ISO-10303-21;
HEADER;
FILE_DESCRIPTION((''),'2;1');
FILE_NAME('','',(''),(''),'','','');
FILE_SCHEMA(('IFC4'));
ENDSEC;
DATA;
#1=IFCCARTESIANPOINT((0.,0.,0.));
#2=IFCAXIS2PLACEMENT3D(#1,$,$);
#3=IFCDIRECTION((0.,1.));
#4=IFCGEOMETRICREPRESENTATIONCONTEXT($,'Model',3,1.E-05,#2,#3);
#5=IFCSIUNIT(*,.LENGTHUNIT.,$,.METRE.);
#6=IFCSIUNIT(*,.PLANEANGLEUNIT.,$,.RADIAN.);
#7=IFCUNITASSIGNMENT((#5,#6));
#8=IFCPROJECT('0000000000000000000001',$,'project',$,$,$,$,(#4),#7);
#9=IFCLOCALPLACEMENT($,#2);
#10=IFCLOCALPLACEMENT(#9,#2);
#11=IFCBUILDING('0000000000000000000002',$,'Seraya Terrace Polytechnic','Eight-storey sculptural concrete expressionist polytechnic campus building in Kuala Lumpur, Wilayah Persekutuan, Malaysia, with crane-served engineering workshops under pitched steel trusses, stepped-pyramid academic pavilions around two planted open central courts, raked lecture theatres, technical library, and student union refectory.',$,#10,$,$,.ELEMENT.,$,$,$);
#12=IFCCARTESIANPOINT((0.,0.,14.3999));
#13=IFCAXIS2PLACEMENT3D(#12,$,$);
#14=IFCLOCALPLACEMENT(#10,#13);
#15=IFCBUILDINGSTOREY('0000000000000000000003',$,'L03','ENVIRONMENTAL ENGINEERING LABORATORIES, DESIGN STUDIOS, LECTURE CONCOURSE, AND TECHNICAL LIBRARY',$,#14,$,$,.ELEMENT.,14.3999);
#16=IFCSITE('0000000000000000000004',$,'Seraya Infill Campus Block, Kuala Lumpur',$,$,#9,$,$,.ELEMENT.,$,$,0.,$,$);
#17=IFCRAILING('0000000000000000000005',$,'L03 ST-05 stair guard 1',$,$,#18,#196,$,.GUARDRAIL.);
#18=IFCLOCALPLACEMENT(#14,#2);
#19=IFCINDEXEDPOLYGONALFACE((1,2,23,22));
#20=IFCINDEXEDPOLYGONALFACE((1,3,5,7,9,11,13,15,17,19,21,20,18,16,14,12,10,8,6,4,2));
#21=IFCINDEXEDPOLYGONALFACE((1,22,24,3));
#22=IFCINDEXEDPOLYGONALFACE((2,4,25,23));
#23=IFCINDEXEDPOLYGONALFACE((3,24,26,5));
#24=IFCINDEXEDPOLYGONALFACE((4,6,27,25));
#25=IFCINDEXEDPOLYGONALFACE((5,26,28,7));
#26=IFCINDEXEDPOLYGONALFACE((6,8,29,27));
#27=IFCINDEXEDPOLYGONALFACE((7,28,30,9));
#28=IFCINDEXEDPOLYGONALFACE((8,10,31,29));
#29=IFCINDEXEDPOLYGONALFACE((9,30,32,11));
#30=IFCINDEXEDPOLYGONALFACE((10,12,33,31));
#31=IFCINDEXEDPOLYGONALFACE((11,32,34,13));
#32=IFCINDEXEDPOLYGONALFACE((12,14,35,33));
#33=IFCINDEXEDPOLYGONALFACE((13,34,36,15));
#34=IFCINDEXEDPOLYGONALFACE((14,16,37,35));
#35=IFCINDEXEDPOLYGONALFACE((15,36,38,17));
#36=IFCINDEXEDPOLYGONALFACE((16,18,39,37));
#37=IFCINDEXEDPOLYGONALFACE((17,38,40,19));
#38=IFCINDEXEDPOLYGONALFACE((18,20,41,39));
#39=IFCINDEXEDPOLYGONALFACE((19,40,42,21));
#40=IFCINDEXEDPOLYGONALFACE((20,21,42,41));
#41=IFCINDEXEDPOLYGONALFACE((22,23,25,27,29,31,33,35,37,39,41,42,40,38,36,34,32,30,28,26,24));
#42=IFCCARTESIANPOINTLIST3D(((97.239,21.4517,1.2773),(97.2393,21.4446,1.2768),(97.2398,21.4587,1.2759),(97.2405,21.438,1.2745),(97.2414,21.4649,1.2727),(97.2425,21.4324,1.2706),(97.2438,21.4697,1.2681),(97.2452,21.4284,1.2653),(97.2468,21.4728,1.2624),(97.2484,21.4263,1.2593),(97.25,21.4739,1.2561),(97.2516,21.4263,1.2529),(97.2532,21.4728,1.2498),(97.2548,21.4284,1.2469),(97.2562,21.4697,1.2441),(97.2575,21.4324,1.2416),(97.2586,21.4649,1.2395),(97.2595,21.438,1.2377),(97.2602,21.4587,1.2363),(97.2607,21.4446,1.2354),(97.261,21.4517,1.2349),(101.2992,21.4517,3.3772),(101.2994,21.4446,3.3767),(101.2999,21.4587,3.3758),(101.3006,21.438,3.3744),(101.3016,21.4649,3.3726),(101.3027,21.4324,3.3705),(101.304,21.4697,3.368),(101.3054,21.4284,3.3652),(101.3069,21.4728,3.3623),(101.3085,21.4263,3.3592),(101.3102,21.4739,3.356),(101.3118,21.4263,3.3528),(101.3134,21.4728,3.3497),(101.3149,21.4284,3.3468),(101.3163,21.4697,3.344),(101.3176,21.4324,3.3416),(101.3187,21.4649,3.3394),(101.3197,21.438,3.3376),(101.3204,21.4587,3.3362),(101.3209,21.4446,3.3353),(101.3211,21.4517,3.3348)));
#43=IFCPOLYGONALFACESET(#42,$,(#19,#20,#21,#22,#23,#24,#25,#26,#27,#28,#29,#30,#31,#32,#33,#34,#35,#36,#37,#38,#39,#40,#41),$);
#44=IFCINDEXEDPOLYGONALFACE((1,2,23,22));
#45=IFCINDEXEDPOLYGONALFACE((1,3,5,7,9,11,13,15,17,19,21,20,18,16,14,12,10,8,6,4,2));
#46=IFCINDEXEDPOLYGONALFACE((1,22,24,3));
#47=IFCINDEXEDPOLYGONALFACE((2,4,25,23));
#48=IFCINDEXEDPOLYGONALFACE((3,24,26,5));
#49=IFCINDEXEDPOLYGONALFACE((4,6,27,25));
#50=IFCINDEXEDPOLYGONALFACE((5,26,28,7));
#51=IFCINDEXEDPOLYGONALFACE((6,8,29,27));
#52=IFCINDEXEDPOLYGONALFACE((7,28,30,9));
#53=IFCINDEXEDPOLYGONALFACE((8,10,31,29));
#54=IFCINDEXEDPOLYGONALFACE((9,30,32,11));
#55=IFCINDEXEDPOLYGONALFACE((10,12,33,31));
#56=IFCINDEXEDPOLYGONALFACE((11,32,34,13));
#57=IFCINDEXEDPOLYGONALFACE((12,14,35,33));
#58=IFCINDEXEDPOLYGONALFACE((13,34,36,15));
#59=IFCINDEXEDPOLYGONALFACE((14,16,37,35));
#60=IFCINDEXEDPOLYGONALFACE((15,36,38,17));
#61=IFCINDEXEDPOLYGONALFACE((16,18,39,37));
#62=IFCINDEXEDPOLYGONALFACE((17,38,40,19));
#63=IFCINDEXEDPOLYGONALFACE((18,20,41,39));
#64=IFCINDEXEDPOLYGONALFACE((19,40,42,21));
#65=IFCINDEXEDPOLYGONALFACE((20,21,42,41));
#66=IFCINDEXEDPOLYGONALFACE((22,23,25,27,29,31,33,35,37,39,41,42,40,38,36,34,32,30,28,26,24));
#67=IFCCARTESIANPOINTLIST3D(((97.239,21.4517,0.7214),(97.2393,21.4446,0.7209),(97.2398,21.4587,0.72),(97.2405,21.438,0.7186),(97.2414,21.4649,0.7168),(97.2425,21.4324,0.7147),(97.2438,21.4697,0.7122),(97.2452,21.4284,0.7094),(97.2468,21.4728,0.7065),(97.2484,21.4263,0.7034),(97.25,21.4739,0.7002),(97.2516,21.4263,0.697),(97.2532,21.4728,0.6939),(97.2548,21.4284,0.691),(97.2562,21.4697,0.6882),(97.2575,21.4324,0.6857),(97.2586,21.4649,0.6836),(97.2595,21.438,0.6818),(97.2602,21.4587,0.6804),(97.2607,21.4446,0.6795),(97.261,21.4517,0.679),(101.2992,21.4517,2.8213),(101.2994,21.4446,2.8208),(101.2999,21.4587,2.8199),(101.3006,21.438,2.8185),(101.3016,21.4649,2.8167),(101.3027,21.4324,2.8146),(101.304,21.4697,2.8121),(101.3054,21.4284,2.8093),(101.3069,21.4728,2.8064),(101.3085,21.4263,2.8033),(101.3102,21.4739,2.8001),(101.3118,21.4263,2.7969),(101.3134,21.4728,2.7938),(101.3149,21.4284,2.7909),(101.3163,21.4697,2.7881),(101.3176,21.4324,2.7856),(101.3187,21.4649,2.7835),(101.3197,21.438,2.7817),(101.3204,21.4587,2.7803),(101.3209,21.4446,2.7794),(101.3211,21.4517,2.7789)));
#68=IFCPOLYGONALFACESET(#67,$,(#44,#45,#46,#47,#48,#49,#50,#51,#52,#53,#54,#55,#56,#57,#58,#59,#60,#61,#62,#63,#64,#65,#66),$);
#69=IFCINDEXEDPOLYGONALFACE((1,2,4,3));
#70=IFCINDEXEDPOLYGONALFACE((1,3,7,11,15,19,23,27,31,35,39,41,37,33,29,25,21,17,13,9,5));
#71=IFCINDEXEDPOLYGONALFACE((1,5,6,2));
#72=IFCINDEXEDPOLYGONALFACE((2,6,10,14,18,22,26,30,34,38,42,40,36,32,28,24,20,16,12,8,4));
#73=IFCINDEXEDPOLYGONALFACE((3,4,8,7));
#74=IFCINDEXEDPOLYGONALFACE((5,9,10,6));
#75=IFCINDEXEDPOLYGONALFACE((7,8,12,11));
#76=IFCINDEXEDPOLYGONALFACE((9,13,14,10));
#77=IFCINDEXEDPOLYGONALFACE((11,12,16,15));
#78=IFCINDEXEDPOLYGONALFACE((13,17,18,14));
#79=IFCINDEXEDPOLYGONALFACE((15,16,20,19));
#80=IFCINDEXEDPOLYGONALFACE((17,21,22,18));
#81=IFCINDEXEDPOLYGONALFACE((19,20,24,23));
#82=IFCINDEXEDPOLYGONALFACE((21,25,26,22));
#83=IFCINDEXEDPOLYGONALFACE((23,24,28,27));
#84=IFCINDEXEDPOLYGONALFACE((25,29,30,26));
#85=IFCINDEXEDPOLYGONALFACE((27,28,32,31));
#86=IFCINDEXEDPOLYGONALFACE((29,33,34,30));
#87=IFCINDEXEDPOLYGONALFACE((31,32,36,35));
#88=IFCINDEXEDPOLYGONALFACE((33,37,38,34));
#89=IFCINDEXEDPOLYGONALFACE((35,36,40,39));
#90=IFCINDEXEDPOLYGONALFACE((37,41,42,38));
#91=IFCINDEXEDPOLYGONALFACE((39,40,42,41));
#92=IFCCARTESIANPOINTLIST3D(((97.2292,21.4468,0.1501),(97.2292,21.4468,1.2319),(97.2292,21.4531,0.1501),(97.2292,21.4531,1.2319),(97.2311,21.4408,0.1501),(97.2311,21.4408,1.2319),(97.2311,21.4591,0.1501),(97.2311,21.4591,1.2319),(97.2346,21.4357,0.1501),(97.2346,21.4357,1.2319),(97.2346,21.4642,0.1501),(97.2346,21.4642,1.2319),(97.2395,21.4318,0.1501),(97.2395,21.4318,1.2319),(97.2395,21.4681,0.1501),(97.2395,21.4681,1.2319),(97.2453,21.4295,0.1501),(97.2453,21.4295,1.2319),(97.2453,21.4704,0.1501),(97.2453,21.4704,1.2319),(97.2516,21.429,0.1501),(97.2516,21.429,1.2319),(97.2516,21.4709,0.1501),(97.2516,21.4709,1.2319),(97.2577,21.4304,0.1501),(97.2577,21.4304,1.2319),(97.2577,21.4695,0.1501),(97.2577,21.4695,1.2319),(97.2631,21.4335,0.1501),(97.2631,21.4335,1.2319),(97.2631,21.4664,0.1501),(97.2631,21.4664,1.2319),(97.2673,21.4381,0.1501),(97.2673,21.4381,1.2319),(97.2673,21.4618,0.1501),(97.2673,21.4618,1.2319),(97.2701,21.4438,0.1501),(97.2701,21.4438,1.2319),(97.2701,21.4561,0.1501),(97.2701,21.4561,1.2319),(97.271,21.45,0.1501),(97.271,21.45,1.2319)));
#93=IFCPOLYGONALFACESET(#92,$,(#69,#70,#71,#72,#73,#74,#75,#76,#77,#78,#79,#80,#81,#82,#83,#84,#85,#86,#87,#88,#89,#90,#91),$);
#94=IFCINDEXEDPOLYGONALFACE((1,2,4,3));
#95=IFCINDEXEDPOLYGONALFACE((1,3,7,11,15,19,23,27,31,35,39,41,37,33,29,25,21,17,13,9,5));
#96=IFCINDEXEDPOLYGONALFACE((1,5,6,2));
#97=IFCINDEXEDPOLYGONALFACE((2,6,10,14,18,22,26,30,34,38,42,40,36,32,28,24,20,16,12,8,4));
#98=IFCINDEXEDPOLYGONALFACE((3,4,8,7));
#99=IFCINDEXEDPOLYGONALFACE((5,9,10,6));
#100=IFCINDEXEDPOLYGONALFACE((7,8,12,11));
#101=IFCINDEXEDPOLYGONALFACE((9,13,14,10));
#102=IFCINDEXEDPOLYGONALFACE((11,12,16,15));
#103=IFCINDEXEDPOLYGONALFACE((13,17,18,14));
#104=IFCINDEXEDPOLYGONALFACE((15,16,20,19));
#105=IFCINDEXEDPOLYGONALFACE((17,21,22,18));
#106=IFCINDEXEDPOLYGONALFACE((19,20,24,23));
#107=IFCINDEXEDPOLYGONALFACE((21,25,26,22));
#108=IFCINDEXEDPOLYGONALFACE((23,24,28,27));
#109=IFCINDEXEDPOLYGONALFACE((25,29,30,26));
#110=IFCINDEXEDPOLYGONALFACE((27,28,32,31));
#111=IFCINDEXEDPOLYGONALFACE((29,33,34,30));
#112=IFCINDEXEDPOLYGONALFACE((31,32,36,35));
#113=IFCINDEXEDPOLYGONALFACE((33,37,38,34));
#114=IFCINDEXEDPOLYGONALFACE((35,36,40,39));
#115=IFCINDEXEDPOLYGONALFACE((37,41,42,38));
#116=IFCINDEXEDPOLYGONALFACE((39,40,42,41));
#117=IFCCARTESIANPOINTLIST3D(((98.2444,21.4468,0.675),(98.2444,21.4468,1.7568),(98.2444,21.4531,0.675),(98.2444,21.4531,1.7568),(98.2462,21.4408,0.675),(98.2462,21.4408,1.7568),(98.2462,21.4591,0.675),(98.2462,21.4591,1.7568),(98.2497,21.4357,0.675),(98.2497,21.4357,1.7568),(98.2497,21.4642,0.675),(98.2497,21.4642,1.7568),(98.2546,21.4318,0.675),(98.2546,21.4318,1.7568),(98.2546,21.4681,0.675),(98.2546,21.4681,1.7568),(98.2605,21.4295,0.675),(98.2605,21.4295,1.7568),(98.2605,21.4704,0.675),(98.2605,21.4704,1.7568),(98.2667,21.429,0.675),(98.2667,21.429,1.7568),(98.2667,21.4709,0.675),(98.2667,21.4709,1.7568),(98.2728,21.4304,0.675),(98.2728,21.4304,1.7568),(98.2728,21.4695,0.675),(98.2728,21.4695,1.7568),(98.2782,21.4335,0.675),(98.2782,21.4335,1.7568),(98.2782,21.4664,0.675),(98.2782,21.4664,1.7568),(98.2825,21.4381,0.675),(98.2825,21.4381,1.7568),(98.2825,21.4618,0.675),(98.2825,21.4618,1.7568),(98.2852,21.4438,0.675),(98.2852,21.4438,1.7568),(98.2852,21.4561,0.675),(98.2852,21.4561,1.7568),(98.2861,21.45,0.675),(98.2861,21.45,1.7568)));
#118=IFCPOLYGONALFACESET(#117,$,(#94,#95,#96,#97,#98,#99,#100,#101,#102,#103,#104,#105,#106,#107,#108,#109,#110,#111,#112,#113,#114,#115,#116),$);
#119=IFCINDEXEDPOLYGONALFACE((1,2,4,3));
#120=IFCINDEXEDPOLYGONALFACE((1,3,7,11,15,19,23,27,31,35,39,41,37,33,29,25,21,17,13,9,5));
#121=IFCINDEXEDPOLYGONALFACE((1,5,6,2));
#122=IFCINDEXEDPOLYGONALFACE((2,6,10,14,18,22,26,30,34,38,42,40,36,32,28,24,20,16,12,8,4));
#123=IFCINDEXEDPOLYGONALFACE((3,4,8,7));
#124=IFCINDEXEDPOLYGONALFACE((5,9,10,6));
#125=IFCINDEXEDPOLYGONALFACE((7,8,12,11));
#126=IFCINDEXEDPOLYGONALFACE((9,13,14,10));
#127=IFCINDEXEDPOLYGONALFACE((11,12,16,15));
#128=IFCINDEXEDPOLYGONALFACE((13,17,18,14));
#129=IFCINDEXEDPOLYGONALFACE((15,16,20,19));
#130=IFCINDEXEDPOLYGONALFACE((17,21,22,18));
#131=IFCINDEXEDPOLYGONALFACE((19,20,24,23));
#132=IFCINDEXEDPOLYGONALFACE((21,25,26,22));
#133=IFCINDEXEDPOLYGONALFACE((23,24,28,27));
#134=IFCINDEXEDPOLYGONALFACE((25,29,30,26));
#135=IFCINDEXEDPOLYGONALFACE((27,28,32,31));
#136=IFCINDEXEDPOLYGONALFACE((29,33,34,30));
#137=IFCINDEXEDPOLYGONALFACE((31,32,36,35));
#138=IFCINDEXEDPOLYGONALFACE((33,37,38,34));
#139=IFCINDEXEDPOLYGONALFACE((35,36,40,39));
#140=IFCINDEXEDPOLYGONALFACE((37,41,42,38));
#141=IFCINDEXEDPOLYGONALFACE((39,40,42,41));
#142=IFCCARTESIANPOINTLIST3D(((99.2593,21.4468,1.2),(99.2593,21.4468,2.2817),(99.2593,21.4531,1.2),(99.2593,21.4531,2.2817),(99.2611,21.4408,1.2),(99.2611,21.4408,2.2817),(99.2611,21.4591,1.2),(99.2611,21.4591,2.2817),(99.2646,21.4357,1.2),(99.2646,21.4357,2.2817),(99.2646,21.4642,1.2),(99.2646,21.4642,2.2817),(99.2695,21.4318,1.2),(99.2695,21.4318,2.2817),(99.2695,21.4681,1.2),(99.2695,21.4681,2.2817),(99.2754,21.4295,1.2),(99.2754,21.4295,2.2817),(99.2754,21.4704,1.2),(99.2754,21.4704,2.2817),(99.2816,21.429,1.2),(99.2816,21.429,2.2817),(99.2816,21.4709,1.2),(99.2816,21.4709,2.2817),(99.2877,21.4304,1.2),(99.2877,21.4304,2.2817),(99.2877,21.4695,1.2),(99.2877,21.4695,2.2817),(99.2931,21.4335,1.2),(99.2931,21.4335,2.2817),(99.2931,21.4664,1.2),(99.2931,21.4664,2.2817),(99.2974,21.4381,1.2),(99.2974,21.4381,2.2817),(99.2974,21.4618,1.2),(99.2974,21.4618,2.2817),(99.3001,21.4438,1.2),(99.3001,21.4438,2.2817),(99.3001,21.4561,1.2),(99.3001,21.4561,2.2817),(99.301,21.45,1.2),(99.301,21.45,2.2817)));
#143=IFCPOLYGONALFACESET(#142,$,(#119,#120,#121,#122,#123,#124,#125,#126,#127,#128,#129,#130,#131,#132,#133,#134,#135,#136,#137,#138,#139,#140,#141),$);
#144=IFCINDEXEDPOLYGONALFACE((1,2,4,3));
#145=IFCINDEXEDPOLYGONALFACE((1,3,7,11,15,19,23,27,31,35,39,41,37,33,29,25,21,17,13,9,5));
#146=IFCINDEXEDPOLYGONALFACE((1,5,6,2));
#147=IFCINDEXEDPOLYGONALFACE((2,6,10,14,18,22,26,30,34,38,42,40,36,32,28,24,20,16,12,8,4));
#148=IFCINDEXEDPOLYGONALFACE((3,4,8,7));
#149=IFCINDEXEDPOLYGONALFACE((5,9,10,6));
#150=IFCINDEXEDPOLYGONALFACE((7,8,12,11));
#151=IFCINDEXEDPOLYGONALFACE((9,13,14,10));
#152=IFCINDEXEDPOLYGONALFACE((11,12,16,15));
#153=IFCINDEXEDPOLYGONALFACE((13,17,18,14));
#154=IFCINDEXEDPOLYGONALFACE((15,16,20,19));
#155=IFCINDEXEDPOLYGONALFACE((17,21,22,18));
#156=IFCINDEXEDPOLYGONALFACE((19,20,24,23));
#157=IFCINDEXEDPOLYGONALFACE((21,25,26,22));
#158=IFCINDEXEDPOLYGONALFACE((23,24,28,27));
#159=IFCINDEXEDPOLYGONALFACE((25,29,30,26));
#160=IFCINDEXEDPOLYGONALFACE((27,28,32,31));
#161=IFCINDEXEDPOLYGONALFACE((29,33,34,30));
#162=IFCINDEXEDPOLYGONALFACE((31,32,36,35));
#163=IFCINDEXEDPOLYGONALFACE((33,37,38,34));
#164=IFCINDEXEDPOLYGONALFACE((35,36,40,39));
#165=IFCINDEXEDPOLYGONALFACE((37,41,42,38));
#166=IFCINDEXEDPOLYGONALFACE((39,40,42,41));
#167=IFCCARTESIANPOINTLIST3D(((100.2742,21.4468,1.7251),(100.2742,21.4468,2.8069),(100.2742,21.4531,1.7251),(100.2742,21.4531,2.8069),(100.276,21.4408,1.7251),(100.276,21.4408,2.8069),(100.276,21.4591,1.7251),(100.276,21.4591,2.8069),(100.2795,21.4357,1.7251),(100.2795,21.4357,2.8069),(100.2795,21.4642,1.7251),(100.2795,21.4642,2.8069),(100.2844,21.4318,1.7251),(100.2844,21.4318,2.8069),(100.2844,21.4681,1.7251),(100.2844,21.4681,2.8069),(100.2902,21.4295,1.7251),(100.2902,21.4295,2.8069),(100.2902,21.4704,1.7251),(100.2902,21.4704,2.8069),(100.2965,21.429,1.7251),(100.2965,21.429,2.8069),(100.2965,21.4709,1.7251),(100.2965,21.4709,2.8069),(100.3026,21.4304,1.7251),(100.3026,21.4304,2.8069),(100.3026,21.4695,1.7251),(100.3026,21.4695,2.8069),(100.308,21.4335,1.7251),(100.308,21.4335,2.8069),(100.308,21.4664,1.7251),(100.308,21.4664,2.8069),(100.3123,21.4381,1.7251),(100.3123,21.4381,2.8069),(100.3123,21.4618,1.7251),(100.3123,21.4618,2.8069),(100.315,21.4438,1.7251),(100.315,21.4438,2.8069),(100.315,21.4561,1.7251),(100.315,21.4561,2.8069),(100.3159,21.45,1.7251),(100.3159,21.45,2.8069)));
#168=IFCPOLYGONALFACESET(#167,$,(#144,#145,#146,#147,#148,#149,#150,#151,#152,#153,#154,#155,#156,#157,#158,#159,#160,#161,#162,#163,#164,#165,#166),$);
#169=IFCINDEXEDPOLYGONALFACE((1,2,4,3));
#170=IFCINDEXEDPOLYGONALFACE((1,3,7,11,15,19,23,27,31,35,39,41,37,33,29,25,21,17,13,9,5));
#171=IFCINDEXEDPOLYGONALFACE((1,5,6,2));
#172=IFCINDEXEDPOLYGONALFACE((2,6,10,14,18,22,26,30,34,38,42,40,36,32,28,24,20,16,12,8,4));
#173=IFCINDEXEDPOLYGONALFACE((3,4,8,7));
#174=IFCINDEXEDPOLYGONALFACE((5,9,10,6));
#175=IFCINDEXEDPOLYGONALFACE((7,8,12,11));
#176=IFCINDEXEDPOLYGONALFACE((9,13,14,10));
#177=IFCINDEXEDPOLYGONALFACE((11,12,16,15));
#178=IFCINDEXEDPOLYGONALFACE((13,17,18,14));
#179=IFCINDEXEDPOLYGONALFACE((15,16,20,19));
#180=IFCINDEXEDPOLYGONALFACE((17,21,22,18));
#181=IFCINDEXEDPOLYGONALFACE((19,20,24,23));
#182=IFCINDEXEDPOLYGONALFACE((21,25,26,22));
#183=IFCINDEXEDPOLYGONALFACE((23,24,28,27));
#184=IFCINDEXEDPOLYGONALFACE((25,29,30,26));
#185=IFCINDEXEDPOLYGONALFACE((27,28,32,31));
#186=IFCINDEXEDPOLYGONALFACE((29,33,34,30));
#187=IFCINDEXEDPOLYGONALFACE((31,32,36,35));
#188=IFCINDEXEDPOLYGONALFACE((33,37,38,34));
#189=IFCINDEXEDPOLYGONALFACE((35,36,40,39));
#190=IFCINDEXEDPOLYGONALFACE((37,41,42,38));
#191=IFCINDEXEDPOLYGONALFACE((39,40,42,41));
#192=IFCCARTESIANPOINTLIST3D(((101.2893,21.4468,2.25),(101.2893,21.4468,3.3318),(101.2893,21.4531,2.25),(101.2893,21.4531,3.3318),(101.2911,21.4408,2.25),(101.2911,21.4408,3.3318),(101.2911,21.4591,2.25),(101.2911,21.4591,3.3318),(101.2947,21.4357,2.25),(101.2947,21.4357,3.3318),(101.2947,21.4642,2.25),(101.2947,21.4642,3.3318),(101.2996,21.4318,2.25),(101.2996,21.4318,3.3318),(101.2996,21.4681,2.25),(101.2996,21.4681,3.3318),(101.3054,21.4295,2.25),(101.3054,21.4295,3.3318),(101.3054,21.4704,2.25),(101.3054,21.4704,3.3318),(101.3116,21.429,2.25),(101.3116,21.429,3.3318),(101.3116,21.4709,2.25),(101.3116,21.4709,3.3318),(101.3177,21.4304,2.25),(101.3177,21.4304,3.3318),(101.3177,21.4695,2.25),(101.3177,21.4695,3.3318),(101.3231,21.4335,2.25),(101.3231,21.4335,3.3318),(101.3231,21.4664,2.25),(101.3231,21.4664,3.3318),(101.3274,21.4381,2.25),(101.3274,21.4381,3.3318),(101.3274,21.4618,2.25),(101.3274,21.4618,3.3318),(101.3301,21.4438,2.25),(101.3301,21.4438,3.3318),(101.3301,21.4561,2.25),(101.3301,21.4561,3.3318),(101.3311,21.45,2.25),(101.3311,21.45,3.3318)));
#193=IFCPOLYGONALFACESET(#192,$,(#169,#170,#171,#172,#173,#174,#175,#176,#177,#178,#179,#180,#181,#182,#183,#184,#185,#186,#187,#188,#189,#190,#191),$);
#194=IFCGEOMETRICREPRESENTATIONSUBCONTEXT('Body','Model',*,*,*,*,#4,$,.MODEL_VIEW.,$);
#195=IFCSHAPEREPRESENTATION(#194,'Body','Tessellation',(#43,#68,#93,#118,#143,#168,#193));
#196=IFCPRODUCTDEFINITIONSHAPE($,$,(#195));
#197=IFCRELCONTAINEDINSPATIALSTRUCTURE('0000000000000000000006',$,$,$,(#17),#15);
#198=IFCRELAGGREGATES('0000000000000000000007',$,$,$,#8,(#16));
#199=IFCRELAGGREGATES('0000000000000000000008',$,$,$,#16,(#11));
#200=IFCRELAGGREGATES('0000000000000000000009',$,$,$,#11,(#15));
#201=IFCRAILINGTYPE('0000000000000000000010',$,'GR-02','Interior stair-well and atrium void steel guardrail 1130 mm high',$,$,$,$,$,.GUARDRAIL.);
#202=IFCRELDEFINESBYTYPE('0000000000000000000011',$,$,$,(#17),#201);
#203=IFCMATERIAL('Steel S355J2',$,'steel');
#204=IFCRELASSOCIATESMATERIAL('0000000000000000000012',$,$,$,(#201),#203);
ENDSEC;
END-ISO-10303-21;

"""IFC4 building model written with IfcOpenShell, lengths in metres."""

from ifc_helpers import new_model, si_unit, direction, frame, origin, origin_2d, place, context, subcontext, project, spatial, circle, extrude, material, type_object, element, save


model = new_model("IFC4")

# Units and contexts
model_context = context("Model", 3, precision=1e-05, world=origin(), true_north=direction((0.0, 1.0)))
body_context = subcontext(model_context, "Body", "Model", "MODEL_VIEW")
ifc_project = project(units=[si_unit("LENGTHUNIT", "METRE"), si_unit("PLANEANGLEUNIT", "RADIAN")], contexts=[model_context])

# Site, building, storey
site_placement = place(None, origin())
site = spatial("IfcSite", under=ifc_project, at=site_placement, Name="Seraya Infill Campus Block, Kuala Lumpur", CompositionType="ELEMENT", RefElevation=0.0)
building_placement = place(site_placement, origin())
building = spatial("IfcBuilding", under=site, at=building_placement, Name="Seraya Terrace Polytechnic", Description="Eight-storey sculptural concrete expressionist polytechnic campus building in Kuala Lumpur, Wilayah Persekutuan, Malaysia, with crane-served engineering workshops under pitched steel trusses, stepped-pyramid academic pavilions around two planted open central courts, raked lecture theatres, technical library, and student union refectory.", CompositionType="ELEMENT")
storey_placement = place(building_placement, frame((0.0, 0.0, 14.3999)))
storey = spatial("IfcBuildingStorey", under=building, at=storey_placement, Name="L03", Description="ENVIRONMENTAL ENGINEERING LABORATORIES, DESIGN STUDIOS, LECTURE CONCOURSE, AND TECHNICAL LIBRARY", CompositionType="ELEMENT", Elevation=14.3999)

# Shared definitions
ifc_material_1 = material(Name="Steel S355J2", Category="steel")

# Railing
railing_type_1 = type_object("IfcRailingType", Name="GR-02", Description="Interior stair-well and atrium void steel guardrail 1130 mm high", PredefinedType="GUARDRAIL", material=ifc_material_1)
railing_1_placement = place(storey_placement, frame((97.25, 21.45, 0.1501)))
element("IfcRailing", 1, at=railing_1_placement, inside=storey, type_object=railing_type_1, Name="L03 ST-05 stair guard 1", PredefinedType="GUARDRAIL", context=body_context, shape_type="SweptSolid", body=[
    extrude(circle(Radius=0.0239, at=origin_2d()), frame((0.0, 0.0, 1.106), z_axis=(0.888233, 0.0, 0.459392), x_axis=(0.0, 1.0, 0.0)), (0.0, 0.0, 1.0), 4.571),
    extrude(circle(Radius=0.0239, at=origin_2d()), frame((0.0, 0.0, 0.55), z_axis=(0.888233, 0.0, 0.459392), x_axis=(0.0, 1.0, 0.0)), (0.0, 0.0, 1.0), 4.571),
    extrude(circle(Radius=0.021, at=origin_2d()), origin(), (0.0, 0.0, 1.0), 1.0818),
    extrude(circle(Radius=0.021, at=origin_2d()), frame((1.0151, 0.0, 0.5249)), (0.0, 0.0, 1.0), 1.0818),
    extrude(circle(Radius=0.021, at=origin_2d()), frame((2.03, 0.0, 1.0498)), (0.0, 0.0, 1.0), 1.0818),
    extrude(circle(Radius=0.021, at=origin_2d()), frame((3.0449, 0.0, 1.575)), (0.0, 0.0, 1.0), 1.0818),
    extrude(circle(Radius=0.021, at=origin_2d()), frame((4.0601, 0.0, 2.0999)), (0.0, 0.0, 1.0), 1.0818),
])

save(model, "model.ifc")
